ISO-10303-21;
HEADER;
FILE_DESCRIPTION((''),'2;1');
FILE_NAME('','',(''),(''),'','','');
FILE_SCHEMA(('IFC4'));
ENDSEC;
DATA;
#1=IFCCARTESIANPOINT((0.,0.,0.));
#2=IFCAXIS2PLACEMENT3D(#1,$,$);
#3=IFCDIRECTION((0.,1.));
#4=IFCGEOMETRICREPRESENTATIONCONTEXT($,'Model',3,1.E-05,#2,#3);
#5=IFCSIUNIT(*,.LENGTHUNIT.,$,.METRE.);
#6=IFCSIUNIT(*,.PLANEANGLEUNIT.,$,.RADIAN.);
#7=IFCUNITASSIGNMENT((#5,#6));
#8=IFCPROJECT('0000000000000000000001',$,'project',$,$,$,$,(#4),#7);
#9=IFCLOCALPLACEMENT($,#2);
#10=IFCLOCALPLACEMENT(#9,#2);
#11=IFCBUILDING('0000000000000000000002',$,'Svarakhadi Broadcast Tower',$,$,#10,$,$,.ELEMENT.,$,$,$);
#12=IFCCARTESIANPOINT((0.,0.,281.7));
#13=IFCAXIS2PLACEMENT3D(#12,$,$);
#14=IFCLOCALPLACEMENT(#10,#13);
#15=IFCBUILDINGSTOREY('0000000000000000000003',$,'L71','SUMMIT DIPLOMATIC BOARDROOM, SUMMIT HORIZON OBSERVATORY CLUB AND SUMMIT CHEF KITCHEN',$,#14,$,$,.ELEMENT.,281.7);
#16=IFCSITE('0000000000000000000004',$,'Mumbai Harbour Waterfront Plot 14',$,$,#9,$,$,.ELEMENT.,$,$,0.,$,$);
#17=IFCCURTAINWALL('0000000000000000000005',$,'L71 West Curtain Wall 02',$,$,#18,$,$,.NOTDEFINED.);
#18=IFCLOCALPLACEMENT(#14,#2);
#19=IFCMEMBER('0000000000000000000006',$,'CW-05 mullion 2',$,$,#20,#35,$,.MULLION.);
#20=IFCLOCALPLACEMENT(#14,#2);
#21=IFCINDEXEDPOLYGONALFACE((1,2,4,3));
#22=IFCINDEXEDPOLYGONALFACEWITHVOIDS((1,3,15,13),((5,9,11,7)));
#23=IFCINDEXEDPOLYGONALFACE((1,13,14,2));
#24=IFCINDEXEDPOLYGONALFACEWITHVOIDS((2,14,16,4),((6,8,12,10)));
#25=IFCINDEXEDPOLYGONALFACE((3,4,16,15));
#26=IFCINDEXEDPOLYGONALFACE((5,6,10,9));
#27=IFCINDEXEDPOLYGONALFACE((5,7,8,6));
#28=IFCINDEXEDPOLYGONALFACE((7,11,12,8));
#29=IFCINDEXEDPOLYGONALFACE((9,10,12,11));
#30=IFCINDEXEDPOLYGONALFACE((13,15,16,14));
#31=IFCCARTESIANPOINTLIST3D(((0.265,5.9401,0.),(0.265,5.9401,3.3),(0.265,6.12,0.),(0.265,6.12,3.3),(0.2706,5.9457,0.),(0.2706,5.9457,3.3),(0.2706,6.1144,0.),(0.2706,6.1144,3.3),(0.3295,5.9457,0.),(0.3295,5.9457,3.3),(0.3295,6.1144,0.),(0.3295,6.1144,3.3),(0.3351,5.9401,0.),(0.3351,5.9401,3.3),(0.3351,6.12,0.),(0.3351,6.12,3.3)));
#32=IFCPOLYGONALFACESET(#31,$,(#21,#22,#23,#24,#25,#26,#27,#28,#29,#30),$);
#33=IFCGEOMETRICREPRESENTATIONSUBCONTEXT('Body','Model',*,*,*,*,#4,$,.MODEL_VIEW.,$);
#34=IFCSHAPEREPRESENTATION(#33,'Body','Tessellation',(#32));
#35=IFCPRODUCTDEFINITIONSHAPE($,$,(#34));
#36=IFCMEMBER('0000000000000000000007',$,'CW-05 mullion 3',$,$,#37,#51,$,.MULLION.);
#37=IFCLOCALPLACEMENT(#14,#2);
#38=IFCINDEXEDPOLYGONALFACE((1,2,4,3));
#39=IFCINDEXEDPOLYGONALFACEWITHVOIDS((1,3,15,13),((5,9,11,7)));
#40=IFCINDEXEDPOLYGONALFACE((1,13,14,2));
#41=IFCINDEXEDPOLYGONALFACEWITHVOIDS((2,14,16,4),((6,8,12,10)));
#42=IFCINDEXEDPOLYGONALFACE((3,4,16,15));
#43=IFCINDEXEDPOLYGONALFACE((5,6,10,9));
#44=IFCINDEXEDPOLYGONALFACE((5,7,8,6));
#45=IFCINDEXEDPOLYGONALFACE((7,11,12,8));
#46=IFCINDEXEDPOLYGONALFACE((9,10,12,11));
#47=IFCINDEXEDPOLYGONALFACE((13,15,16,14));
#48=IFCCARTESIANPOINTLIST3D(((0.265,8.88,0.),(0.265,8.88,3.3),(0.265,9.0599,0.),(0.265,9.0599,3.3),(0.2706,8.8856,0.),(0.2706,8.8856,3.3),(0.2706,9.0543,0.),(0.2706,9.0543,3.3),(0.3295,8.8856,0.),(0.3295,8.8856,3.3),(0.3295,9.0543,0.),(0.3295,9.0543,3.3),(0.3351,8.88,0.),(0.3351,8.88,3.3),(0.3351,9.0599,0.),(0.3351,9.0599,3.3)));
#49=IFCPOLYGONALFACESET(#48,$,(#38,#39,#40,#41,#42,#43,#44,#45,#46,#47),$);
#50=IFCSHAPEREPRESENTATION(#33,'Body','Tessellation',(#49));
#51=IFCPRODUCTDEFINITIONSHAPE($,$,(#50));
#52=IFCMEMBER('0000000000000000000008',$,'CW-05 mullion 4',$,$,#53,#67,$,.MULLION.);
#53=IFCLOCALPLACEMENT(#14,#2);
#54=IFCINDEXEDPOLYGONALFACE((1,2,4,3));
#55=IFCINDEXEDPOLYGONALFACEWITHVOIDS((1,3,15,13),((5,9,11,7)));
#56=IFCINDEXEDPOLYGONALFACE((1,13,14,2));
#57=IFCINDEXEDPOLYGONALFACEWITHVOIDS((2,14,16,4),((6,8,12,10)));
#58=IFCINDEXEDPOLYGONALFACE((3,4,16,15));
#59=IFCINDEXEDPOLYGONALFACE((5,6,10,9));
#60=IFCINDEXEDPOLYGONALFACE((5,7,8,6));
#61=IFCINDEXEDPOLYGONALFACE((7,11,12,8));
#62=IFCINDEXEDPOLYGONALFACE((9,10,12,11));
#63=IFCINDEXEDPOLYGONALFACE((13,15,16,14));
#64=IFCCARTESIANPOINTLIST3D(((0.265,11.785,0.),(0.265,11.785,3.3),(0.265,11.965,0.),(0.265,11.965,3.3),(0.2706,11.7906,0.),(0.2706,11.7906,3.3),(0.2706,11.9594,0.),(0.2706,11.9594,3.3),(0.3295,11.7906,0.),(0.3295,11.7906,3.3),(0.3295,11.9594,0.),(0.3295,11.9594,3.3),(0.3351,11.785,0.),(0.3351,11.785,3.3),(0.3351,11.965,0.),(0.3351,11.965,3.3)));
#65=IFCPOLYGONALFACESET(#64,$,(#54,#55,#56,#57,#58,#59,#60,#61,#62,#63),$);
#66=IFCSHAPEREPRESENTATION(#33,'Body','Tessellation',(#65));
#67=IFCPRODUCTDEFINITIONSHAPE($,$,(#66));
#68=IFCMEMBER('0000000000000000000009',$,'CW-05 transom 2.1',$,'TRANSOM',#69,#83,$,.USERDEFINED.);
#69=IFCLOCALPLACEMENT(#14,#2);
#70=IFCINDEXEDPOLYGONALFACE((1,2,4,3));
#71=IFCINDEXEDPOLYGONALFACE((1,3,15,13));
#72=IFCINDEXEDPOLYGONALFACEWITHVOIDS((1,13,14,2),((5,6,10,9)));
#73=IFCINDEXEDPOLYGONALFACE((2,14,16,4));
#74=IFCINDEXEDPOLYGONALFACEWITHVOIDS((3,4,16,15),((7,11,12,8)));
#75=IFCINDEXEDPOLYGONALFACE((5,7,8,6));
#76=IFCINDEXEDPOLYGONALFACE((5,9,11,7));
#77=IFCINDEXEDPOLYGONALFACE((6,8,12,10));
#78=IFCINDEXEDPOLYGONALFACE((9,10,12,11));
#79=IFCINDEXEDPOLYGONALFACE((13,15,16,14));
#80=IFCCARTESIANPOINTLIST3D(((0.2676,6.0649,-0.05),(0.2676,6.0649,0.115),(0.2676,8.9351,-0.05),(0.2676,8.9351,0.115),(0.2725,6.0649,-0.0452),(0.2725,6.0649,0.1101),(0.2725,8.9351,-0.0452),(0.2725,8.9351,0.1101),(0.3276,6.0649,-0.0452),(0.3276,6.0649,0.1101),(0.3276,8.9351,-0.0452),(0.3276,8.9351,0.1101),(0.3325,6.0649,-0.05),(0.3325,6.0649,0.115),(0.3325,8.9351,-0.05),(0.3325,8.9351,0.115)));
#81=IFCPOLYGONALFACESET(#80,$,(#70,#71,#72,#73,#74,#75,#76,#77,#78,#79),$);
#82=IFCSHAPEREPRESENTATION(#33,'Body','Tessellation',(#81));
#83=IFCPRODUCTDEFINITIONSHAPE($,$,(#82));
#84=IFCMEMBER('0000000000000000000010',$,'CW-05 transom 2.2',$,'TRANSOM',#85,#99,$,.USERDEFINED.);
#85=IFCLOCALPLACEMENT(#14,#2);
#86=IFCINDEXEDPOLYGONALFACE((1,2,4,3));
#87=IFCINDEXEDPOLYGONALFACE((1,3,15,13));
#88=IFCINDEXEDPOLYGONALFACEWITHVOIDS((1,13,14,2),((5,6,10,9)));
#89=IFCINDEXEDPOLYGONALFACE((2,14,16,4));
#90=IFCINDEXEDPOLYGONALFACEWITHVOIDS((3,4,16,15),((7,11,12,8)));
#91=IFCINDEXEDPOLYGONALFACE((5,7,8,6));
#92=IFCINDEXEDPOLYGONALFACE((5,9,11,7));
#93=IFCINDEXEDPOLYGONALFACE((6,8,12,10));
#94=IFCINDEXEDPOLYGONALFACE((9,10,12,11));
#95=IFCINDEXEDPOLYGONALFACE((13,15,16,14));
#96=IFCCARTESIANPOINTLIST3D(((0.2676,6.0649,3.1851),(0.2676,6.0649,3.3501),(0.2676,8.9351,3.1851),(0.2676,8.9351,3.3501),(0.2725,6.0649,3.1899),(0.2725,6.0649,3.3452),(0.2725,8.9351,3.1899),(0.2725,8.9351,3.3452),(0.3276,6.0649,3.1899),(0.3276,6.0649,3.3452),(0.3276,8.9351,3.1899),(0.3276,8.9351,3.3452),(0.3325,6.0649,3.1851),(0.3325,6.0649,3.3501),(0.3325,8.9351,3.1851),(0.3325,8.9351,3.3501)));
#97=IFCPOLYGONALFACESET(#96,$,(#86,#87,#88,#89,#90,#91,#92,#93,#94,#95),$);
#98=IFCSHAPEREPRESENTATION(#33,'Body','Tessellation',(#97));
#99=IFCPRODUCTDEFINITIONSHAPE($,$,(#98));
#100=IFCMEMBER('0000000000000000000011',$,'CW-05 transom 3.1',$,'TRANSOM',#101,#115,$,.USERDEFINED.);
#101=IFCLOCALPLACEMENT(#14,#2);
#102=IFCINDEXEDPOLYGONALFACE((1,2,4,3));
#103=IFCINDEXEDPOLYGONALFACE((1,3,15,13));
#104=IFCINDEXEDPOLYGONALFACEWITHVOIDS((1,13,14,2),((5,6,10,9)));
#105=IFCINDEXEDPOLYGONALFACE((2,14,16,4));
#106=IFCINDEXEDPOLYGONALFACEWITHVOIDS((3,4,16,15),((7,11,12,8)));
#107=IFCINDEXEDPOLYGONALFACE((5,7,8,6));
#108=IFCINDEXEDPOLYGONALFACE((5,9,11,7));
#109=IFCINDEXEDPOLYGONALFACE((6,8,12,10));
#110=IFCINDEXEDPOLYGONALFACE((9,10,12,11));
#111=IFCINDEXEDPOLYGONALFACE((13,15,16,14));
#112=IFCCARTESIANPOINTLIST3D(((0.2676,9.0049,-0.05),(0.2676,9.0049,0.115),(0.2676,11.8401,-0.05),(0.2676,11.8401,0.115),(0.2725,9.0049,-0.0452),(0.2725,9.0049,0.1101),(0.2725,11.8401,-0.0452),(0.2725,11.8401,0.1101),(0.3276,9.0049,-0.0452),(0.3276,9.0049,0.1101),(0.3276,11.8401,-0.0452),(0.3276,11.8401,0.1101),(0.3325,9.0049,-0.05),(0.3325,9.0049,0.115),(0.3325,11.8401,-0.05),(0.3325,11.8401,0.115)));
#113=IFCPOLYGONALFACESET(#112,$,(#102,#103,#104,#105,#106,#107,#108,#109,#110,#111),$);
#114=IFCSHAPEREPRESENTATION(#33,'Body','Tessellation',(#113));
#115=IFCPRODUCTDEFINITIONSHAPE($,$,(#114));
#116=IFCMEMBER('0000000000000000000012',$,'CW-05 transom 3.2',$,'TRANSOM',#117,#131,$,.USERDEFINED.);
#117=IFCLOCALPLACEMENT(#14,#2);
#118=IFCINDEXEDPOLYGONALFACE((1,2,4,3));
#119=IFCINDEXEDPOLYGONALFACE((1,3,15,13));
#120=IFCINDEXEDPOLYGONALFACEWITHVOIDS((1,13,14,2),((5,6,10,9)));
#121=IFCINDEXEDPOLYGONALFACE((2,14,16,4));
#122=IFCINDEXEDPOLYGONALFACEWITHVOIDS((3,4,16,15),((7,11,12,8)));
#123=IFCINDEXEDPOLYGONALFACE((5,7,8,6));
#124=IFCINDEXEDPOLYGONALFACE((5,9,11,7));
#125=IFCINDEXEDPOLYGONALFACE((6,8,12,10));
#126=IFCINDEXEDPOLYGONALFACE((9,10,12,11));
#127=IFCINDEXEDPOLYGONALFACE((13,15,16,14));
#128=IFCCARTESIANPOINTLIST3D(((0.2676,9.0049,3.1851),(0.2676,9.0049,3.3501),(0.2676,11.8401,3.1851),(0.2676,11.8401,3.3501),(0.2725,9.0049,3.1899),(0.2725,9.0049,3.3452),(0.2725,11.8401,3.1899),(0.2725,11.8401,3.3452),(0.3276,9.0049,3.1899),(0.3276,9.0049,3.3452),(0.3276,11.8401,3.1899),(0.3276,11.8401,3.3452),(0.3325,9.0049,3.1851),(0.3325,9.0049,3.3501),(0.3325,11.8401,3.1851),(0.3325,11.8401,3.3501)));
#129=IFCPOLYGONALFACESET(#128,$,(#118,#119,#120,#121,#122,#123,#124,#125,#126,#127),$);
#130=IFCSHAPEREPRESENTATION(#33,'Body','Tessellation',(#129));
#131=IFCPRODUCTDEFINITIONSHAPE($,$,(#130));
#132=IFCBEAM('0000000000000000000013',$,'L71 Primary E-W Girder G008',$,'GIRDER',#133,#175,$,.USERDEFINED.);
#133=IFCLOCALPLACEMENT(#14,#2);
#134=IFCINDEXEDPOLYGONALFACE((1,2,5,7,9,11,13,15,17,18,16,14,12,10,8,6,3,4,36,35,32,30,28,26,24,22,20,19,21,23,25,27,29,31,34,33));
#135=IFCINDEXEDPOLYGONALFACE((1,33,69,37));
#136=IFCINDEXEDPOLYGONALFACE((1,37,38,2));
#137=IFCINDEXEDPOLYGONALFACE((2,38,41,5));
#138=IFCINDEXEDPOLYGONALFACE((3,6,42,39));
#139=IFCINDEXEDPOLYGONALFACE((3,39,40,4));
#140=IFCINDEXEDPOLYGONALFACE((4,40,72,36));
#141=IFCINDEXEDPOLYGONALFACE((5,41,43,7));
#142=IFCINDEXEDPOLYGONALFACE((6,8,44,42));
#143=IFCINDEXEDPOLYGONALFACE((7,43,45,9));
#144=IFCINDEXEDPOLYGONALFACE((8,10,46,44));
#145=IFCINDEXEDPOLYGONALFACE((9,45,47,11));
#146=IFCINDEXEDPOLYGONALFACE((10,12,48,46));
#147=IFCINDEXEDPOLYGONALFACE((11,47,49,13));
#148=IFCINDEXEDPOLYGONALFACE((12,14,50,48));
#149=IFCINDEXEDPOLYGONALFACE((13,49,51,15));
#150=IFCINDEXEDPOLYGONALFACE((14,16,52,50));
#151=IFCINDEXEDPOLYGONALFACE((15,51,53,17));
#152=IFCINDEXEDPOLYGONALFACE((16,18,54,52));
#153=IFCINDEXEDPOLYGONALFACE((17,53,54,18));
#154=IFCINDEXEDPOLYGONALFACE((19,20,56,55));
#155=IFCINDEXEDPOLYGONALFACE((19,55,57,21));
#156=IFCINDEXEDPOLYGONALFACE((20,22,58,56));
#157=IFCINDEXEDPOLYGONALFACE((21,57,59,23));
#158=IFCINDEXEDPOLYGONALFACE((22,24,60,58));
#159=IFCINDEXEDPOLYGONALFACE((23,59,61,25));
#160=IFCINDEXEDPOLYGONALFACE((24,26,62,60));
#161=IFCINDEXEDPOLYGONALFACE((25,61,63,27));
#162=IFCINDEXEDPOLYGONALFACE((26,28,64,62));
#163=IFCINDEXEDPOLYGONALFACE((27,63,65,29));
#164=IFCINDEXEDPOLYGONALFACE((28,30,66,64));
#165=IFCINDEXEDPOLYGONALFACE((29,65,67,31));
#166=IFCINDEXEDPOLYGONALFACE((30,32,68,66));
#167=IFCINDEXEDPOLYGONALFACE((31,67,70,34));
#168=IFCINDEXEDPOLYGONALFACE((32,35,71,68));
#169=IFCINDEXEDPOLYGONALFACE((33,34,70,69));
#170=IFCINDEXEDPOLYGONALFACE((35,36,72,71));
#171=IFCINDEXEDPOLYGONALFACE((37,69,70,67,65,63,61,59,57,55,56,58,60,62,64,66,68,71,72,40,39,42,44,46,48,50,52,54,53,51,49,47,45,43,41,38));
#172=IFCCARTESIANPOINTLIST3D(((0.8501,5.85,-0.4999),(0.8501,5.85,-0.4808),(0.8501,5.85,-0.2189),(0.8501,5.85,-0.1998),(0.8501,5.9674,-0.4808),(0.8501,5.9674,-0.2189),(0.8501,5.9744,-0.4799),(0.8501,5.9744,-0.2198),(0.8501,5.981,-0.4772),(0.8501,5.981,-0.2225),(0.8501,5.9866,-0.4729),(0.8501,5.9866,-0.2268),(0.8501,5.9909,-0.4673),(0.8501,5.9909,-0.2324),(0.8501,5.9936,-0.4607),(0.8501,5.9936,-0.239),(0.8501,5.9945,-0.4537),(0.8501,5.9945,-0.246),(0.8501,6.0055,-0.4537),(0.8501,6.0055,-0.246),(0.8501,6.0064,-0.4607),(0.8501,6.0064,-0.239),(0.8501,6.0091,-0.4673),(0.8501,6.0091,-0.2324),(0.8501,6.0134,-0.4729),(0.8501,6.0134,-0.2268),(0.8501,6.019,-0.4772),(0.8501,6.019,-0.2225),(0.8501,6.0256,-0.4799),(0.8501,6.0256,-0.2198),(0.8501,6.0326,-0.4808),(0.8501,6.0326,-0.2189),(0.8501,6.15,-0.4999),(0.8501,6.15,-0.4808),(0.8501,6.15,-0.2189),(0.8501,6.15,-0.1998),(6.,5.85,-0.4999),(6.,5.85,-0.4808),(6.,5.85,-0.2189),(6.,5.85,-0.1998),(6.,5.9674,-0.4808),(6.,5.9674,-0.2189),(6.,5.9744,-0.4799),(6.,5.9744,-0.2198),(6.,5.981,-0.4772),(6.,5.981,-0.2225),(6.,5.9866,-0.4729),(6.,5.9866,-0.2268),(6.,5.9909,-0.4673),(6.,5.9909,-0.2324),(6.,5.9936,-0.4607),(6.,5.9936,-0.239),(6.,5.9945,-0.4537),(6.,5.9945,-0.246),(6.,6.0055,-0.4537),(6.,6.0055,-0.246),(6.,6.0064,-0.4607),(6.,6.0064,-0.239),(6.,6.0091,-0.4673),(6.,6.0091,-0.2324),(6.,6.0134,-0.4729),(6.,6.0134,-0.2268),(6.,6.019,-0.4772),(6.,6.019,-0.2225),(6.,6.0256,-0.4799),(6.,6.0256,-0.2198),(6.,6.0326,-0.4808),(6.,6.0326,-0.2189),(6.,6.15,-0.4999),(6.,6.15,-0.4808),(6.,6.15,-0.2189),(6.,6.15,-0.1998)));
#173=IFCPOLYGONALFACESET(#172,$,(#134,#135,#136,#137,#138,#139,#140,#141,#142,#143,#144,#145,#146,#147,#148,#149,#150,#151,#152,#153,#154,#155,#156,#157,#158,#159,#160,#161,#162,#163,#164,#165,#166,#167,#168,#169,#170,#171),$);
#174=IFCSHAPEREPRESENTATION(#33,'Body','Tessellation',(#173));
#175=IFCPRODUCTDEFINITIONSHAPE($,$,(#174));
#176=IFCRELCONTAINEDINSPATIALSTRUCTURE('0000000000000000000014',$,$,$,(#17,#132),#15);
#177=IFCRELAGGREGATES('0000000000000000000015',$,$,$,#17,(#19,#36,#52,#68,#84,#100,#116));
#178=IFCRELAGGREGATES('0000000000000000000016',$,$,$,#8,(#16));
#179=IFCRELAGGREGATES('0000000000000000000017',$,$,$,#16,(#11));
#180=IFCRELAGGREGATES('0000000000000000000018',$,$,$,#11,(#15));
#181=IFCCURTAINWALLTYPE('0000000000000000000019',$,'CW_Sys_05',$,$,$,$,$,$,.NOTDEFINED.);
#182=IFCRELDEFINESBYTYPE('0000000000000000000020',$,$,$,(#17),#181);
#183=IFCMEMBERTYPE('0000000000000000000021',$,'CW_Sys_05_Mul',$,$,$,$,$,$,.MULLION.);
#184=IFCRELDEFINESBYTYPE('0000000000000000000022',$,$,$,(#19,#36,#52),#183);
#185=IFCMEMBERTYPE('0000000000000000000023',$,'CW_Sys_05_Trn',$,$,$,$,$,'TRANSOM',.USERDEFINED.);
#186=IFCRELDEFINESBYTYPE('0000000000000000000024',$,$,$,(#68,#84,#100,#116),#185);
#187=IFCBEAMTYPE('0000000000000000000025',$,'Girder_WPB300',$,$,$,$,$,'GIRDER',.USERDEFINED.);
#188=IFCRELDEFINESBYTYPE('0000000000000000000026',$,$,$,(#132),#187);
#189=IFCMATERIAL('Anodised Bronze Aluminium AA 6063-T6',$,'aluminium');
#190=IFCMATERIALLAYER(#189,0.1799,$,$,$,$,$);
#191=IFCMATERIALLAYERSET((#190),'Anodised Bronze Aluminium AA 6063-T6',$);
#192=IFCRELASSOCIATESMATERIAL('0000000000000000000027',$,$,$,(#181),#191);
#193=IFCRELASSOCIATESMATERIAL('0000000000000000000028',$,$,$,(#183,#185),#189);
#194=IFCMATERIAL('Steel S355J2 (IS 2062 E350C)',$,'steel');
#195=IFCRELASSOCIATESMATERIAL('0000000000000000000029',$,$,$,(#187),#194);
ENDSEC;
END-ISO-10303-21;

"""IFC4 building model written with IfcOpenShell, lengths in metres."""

from ifc_helpers import new_model, si_unit, direction, frame, origin, origin_2d, place, context, subcontext, project, spatial, hollow_rectangle, i_section, extrude, material, layer, layer_set, material_profile, profile_set, type_object, element, aggregate, save


model = new_model("IFC4")

# Units and contexts
model_context = context("Model", 3, precision=1e-05, world=origin(), true_north=direction((0.0, 1.0)))
body_context = subcontext(model_context, "Body", "Model", "MODEL_VIEW")
ifc_project = project(units=[si_unit("LENGTHUNIT", "METRE"), si_unit("PLANEANGLEUNIT", "RADIAN")], contexts=[model_context])

# Site, building, storey
site_placement = place(None, origin())
site = spatial("IfcSite", under=ifc_project, at=site_placement, Name="Mumbai Harbour Waterfront Plot 14", CompositionType="ELEMENT", RefElevation=0.0)
building_placement = place(site_placement, origin())
building = spatial("IfcBuilding", under=site, at=building_placement, Name="Svarakhadi Broadcast Tower", CompositionType="ELEMENT")
storey_placement = place(building_placement, frame((0.0, 0.0, 281.7)))
storey = spatial("IfcBuildingStorey", under=building, at=storey_placement, Name="L71", Description="SUMMIT DIPLOMATIC BOARDROOM, SUMMIT HORIZON OBSERVATORY CLUB AND SUMMIT CHEF KITCHEN", CompositionType="ELEMENT", Elevation=281.7)

# Shared definitions
ifc_material_1 = material(Name="Steel S355J2 (IS 2062 E350C)", Category="steel")

# Curtain wall, members
ifc_material_2 = material(Name="Anodised Bronze Aluminium AA 6063-T6", Category="aluminium")
ifc_layer_1 = layer(ifc_material_2, 0.1799)
ifc_layer_set_1 = layer_set([ifc_layer_1], Name="Anodised Bronze Aluminium AA 6063-T6")
curtain_wall_type = type_object("IfcCurtainWallType", Name="CW_Sys_05", PredefinedType="NOTDEFINED", material=ifc_layer_set_1)
curtain_wall_placement = place(storey_placement, origin())
curtain_wall = element("IfcCurtainWall", 1, at=curtain_wall_placement, inside=storey, type_object=curtain_wall_type, Name="L71 West Curtain Wall 02", PredefinedType="NOTDEFINED")
ifc_material_profile_1 = material_profile(ifc_material_2, hollow_rectangle(XDim=0.0701, YDim=0.1799, WallThickness=0.0056, at=origin_2d()), Name="ALU MULLION 180x70x6")
ifc_profile_set_1 = profile_set([ifc_material_profile_1], Name="Anodised Bronze Aluminium AA 6063-T6")
member_type_1 = type_object("IfcMemberType", Name="CW_Sys_05_Mul", PredefinedType="MULLION", material=ifc_profile_set_1)
member_1_placement = place(storey_placement, frame((0.3, 6.03, 0.0), z_axis=(0.0, 0.0, 1.0), x_axis=(-1.0, 0.0, 0.0)))
member_1 = element("IfcMember", 2, at=member_1_placement, type_object=member_type_1, Name="CW-05 mullion 2", PredefinedType="MULLION", context=body_context, shape_type="SweptSolid", body=[
    extrude(hollow_rectangle(XDim=0.0701, YDim=0.1799, WallThickness=0.0056, at=origin_2d()), origin(), (0.0, 0.0, 1.0), 3.3),
])
member_2_placement = place(storey_placement, frame((0.3, 8.97, 0.0), z_axis=(0.0, 0.0, 1.0), x_axis=(-1.0, 0.0, 0.0)))
member_2 = element("IfcMember", 3, at=member_2_placement, type_object=member_type_1, Name="CW-05 mullion 3", PredefinedType="MULLION", context=body_context, shape_type="SweptSolid", body=[
    extrude(hollow_rectangle(XDim=0.0701, YDim=0.1799, WallThickness=0.0056, at=origin_2d()), origin(), (0.0, 0.0, 1.0), 3.3),
])
member_3_placement = place(storey_placement, frame((0.3, 11.875, 0.0), z_axis=(0.0, 0.0, 1.0), x_axis=(-1.0, 0.0, 0.0)))
member_3 = element("IfcMember", 4, at=member_3_placement, type_object=member_type_1, Name="CW-05 mullion 4", PredefinedType="MULLION", context=body_context, shape_type="SweptSolid", body=[
    extrude(hollow_rectangle(XDim=0.0701, YDim=0.1799, WallThickness=0.0056, at=origin_2d()), origin(), (0.0, 0.0, 1.0), 3.3),
])
ifc_material_profile_2 = material_profile(ifc_material_2, hollow_rectangle(XDim=0.0649, YDim=0.165, WallThickness=0.0049, at=origin_2d()), Name="ALU TRANSOM 165x65x5")
ifc_profile_set_2 = profile_set([ifc_material_profile_2], Name="Anodised Bronze Aluminium AA 6063-T6")
member_type_2 = type_object("IfcMemberType", Name="CW_Sys_05_Trn", ElementType="TRANSOM", PredefinedType="USERDEFINED", material=ifc_profile_set_2)
member_4_placement = place(storey_placement, frame((0.3, 6.0649, 0.0325), z_axis=(0.0, 1.0, 0.0), x_axis=(-1.0, 0.0, 0.0)))
member_4 = element("IfcMember", 5, at=member_4_placement, type_object=member_type_2, Name="CW-05 transom 2.1", ObjectType="TRANSOM", PredefinedType="USERDEFINED", context=body_context, shape_type="SweptSolid", body=[
    extrude(hollow_rectangle(XDim=0.0649, YDim=0.165, WallThickness=0.0049, at=origin_2d()), origin(), (0.0, 0.0, 1.0), 2.8701),
])
member_5_placement = place(storey_placement, frame((0.3, 6.0649, 3.2676), z_axis=(0.0, 1.0, 0.0), x_axis=(-1.0, 0.0, 0.0)))
member_5 = element("IfcMember", 6, at=member_5_placement, type_object=member_type_2, Name="CW-05 transom 2.2", ObjectType="TRANSOM", PredefinedType="USERDEFINED", context=body_context, shape_type="SweptSolid", body=[
    extrude(hollow_rectangle(XDim=0.0649, YDim=0.165, WallThickness=0.0049, at=origin_2d()), origin(), (0.0, 0.0, 1.0), 2.8701),
])
member_6_placement = place(storey_placement, frame((0.3, 9.0049, 0.0325), z_axis=(0.0, 1.0, 0.0), x_axis=(-1.0, 0.0, 0.0)))
member_6 = element("IfcMember", 7, at=member_6_placement, type_object=member_type_2, Name="CW-05 transom 3.1", ObjectType="TRANSOM", PredefinedType="USERDEFINED", context=body_context, shape_type="SweptSolid", body=[
    extrude(hollow_rectangle(XDim=0.0649, YDim=0.165, WallThickness=0.0049, at=origin_2d()), origin(), (0.0, 0.0, 1.0), 2.8352),
])
member_7_placement = place(storey_placement, frame((0.3, 9.0049, 3.2676), z_axis=(0.0, 1.0, 0.0), x_axis=(-1.0, 0.0, 0.0)))
member_7 = element("IfcMember", 8, at=member_7_placement, type_object=member_type_2, Name="CW-05 transom 3.2", ObjectType="TRANSOM", PredefinedType="USERDEFINED", context=body_context, shape_type="SweptSolid", body=[
    extrude(hollow_rectangle(XDim=0.0649, YDim=0.165, WallThickness=0.0049, at=origin_2d()), origin(), (0.0, 0.0, 1.0), 2.8352),
])

# Beam
ifc_material_profile_3 = material_profile(ifc_material_1, i_section(OverallWidth=0.3, OverallDepth=0.3, WebThickness=0.011, FlangeThickness=0.019, FilletRadius=0.0271, at=origin_2d()), Name="WPB 300x300x117")
ifc_profile_set_3 = profile_set([ifc_material_profile_3], Name="Steel S355J2 (IS 2062 E350C)")
beam_type_1 = type_object("IfcBeamType", Name="Girder_WPB300", ElementType="GIRDER", PredefinedType="USERDEFINED", material=ifc_profile_set_3)
for number, where, z_axis, x_axis, name in (
    (9, (0.8501, 6.0, -0.3499), (1.0, 0.0, 0.0), (0.0, 1.0, 0.0), "L71 Primary E-W Girder G008"),
):
    element("IfcBeam", number, at=place(storey_placement, frame(where, z_axis=z_axis, x_axis=x_axis)), inside=storey, type_object=beam_type_1, Name=name, ObjectType="GIRDER", PredefinedType="USERDEFINED", context=body_context, shape_type="SweptSolid", body=[
        extrude(i_section(OverallWidth=0.3, OverallDepth=0.3, WebThickness=0.011, FlangeThickness=0.019, FilletRadius=0.0271, at=origin_2d()), origin(), (0.0, 0.0, 1.0), 5.1499),
    ])

aggregate(curtain_wall, [member_1, member_2, member_3, member_4, member_5, member_6, member_7])

save(model, "model.ifc")
